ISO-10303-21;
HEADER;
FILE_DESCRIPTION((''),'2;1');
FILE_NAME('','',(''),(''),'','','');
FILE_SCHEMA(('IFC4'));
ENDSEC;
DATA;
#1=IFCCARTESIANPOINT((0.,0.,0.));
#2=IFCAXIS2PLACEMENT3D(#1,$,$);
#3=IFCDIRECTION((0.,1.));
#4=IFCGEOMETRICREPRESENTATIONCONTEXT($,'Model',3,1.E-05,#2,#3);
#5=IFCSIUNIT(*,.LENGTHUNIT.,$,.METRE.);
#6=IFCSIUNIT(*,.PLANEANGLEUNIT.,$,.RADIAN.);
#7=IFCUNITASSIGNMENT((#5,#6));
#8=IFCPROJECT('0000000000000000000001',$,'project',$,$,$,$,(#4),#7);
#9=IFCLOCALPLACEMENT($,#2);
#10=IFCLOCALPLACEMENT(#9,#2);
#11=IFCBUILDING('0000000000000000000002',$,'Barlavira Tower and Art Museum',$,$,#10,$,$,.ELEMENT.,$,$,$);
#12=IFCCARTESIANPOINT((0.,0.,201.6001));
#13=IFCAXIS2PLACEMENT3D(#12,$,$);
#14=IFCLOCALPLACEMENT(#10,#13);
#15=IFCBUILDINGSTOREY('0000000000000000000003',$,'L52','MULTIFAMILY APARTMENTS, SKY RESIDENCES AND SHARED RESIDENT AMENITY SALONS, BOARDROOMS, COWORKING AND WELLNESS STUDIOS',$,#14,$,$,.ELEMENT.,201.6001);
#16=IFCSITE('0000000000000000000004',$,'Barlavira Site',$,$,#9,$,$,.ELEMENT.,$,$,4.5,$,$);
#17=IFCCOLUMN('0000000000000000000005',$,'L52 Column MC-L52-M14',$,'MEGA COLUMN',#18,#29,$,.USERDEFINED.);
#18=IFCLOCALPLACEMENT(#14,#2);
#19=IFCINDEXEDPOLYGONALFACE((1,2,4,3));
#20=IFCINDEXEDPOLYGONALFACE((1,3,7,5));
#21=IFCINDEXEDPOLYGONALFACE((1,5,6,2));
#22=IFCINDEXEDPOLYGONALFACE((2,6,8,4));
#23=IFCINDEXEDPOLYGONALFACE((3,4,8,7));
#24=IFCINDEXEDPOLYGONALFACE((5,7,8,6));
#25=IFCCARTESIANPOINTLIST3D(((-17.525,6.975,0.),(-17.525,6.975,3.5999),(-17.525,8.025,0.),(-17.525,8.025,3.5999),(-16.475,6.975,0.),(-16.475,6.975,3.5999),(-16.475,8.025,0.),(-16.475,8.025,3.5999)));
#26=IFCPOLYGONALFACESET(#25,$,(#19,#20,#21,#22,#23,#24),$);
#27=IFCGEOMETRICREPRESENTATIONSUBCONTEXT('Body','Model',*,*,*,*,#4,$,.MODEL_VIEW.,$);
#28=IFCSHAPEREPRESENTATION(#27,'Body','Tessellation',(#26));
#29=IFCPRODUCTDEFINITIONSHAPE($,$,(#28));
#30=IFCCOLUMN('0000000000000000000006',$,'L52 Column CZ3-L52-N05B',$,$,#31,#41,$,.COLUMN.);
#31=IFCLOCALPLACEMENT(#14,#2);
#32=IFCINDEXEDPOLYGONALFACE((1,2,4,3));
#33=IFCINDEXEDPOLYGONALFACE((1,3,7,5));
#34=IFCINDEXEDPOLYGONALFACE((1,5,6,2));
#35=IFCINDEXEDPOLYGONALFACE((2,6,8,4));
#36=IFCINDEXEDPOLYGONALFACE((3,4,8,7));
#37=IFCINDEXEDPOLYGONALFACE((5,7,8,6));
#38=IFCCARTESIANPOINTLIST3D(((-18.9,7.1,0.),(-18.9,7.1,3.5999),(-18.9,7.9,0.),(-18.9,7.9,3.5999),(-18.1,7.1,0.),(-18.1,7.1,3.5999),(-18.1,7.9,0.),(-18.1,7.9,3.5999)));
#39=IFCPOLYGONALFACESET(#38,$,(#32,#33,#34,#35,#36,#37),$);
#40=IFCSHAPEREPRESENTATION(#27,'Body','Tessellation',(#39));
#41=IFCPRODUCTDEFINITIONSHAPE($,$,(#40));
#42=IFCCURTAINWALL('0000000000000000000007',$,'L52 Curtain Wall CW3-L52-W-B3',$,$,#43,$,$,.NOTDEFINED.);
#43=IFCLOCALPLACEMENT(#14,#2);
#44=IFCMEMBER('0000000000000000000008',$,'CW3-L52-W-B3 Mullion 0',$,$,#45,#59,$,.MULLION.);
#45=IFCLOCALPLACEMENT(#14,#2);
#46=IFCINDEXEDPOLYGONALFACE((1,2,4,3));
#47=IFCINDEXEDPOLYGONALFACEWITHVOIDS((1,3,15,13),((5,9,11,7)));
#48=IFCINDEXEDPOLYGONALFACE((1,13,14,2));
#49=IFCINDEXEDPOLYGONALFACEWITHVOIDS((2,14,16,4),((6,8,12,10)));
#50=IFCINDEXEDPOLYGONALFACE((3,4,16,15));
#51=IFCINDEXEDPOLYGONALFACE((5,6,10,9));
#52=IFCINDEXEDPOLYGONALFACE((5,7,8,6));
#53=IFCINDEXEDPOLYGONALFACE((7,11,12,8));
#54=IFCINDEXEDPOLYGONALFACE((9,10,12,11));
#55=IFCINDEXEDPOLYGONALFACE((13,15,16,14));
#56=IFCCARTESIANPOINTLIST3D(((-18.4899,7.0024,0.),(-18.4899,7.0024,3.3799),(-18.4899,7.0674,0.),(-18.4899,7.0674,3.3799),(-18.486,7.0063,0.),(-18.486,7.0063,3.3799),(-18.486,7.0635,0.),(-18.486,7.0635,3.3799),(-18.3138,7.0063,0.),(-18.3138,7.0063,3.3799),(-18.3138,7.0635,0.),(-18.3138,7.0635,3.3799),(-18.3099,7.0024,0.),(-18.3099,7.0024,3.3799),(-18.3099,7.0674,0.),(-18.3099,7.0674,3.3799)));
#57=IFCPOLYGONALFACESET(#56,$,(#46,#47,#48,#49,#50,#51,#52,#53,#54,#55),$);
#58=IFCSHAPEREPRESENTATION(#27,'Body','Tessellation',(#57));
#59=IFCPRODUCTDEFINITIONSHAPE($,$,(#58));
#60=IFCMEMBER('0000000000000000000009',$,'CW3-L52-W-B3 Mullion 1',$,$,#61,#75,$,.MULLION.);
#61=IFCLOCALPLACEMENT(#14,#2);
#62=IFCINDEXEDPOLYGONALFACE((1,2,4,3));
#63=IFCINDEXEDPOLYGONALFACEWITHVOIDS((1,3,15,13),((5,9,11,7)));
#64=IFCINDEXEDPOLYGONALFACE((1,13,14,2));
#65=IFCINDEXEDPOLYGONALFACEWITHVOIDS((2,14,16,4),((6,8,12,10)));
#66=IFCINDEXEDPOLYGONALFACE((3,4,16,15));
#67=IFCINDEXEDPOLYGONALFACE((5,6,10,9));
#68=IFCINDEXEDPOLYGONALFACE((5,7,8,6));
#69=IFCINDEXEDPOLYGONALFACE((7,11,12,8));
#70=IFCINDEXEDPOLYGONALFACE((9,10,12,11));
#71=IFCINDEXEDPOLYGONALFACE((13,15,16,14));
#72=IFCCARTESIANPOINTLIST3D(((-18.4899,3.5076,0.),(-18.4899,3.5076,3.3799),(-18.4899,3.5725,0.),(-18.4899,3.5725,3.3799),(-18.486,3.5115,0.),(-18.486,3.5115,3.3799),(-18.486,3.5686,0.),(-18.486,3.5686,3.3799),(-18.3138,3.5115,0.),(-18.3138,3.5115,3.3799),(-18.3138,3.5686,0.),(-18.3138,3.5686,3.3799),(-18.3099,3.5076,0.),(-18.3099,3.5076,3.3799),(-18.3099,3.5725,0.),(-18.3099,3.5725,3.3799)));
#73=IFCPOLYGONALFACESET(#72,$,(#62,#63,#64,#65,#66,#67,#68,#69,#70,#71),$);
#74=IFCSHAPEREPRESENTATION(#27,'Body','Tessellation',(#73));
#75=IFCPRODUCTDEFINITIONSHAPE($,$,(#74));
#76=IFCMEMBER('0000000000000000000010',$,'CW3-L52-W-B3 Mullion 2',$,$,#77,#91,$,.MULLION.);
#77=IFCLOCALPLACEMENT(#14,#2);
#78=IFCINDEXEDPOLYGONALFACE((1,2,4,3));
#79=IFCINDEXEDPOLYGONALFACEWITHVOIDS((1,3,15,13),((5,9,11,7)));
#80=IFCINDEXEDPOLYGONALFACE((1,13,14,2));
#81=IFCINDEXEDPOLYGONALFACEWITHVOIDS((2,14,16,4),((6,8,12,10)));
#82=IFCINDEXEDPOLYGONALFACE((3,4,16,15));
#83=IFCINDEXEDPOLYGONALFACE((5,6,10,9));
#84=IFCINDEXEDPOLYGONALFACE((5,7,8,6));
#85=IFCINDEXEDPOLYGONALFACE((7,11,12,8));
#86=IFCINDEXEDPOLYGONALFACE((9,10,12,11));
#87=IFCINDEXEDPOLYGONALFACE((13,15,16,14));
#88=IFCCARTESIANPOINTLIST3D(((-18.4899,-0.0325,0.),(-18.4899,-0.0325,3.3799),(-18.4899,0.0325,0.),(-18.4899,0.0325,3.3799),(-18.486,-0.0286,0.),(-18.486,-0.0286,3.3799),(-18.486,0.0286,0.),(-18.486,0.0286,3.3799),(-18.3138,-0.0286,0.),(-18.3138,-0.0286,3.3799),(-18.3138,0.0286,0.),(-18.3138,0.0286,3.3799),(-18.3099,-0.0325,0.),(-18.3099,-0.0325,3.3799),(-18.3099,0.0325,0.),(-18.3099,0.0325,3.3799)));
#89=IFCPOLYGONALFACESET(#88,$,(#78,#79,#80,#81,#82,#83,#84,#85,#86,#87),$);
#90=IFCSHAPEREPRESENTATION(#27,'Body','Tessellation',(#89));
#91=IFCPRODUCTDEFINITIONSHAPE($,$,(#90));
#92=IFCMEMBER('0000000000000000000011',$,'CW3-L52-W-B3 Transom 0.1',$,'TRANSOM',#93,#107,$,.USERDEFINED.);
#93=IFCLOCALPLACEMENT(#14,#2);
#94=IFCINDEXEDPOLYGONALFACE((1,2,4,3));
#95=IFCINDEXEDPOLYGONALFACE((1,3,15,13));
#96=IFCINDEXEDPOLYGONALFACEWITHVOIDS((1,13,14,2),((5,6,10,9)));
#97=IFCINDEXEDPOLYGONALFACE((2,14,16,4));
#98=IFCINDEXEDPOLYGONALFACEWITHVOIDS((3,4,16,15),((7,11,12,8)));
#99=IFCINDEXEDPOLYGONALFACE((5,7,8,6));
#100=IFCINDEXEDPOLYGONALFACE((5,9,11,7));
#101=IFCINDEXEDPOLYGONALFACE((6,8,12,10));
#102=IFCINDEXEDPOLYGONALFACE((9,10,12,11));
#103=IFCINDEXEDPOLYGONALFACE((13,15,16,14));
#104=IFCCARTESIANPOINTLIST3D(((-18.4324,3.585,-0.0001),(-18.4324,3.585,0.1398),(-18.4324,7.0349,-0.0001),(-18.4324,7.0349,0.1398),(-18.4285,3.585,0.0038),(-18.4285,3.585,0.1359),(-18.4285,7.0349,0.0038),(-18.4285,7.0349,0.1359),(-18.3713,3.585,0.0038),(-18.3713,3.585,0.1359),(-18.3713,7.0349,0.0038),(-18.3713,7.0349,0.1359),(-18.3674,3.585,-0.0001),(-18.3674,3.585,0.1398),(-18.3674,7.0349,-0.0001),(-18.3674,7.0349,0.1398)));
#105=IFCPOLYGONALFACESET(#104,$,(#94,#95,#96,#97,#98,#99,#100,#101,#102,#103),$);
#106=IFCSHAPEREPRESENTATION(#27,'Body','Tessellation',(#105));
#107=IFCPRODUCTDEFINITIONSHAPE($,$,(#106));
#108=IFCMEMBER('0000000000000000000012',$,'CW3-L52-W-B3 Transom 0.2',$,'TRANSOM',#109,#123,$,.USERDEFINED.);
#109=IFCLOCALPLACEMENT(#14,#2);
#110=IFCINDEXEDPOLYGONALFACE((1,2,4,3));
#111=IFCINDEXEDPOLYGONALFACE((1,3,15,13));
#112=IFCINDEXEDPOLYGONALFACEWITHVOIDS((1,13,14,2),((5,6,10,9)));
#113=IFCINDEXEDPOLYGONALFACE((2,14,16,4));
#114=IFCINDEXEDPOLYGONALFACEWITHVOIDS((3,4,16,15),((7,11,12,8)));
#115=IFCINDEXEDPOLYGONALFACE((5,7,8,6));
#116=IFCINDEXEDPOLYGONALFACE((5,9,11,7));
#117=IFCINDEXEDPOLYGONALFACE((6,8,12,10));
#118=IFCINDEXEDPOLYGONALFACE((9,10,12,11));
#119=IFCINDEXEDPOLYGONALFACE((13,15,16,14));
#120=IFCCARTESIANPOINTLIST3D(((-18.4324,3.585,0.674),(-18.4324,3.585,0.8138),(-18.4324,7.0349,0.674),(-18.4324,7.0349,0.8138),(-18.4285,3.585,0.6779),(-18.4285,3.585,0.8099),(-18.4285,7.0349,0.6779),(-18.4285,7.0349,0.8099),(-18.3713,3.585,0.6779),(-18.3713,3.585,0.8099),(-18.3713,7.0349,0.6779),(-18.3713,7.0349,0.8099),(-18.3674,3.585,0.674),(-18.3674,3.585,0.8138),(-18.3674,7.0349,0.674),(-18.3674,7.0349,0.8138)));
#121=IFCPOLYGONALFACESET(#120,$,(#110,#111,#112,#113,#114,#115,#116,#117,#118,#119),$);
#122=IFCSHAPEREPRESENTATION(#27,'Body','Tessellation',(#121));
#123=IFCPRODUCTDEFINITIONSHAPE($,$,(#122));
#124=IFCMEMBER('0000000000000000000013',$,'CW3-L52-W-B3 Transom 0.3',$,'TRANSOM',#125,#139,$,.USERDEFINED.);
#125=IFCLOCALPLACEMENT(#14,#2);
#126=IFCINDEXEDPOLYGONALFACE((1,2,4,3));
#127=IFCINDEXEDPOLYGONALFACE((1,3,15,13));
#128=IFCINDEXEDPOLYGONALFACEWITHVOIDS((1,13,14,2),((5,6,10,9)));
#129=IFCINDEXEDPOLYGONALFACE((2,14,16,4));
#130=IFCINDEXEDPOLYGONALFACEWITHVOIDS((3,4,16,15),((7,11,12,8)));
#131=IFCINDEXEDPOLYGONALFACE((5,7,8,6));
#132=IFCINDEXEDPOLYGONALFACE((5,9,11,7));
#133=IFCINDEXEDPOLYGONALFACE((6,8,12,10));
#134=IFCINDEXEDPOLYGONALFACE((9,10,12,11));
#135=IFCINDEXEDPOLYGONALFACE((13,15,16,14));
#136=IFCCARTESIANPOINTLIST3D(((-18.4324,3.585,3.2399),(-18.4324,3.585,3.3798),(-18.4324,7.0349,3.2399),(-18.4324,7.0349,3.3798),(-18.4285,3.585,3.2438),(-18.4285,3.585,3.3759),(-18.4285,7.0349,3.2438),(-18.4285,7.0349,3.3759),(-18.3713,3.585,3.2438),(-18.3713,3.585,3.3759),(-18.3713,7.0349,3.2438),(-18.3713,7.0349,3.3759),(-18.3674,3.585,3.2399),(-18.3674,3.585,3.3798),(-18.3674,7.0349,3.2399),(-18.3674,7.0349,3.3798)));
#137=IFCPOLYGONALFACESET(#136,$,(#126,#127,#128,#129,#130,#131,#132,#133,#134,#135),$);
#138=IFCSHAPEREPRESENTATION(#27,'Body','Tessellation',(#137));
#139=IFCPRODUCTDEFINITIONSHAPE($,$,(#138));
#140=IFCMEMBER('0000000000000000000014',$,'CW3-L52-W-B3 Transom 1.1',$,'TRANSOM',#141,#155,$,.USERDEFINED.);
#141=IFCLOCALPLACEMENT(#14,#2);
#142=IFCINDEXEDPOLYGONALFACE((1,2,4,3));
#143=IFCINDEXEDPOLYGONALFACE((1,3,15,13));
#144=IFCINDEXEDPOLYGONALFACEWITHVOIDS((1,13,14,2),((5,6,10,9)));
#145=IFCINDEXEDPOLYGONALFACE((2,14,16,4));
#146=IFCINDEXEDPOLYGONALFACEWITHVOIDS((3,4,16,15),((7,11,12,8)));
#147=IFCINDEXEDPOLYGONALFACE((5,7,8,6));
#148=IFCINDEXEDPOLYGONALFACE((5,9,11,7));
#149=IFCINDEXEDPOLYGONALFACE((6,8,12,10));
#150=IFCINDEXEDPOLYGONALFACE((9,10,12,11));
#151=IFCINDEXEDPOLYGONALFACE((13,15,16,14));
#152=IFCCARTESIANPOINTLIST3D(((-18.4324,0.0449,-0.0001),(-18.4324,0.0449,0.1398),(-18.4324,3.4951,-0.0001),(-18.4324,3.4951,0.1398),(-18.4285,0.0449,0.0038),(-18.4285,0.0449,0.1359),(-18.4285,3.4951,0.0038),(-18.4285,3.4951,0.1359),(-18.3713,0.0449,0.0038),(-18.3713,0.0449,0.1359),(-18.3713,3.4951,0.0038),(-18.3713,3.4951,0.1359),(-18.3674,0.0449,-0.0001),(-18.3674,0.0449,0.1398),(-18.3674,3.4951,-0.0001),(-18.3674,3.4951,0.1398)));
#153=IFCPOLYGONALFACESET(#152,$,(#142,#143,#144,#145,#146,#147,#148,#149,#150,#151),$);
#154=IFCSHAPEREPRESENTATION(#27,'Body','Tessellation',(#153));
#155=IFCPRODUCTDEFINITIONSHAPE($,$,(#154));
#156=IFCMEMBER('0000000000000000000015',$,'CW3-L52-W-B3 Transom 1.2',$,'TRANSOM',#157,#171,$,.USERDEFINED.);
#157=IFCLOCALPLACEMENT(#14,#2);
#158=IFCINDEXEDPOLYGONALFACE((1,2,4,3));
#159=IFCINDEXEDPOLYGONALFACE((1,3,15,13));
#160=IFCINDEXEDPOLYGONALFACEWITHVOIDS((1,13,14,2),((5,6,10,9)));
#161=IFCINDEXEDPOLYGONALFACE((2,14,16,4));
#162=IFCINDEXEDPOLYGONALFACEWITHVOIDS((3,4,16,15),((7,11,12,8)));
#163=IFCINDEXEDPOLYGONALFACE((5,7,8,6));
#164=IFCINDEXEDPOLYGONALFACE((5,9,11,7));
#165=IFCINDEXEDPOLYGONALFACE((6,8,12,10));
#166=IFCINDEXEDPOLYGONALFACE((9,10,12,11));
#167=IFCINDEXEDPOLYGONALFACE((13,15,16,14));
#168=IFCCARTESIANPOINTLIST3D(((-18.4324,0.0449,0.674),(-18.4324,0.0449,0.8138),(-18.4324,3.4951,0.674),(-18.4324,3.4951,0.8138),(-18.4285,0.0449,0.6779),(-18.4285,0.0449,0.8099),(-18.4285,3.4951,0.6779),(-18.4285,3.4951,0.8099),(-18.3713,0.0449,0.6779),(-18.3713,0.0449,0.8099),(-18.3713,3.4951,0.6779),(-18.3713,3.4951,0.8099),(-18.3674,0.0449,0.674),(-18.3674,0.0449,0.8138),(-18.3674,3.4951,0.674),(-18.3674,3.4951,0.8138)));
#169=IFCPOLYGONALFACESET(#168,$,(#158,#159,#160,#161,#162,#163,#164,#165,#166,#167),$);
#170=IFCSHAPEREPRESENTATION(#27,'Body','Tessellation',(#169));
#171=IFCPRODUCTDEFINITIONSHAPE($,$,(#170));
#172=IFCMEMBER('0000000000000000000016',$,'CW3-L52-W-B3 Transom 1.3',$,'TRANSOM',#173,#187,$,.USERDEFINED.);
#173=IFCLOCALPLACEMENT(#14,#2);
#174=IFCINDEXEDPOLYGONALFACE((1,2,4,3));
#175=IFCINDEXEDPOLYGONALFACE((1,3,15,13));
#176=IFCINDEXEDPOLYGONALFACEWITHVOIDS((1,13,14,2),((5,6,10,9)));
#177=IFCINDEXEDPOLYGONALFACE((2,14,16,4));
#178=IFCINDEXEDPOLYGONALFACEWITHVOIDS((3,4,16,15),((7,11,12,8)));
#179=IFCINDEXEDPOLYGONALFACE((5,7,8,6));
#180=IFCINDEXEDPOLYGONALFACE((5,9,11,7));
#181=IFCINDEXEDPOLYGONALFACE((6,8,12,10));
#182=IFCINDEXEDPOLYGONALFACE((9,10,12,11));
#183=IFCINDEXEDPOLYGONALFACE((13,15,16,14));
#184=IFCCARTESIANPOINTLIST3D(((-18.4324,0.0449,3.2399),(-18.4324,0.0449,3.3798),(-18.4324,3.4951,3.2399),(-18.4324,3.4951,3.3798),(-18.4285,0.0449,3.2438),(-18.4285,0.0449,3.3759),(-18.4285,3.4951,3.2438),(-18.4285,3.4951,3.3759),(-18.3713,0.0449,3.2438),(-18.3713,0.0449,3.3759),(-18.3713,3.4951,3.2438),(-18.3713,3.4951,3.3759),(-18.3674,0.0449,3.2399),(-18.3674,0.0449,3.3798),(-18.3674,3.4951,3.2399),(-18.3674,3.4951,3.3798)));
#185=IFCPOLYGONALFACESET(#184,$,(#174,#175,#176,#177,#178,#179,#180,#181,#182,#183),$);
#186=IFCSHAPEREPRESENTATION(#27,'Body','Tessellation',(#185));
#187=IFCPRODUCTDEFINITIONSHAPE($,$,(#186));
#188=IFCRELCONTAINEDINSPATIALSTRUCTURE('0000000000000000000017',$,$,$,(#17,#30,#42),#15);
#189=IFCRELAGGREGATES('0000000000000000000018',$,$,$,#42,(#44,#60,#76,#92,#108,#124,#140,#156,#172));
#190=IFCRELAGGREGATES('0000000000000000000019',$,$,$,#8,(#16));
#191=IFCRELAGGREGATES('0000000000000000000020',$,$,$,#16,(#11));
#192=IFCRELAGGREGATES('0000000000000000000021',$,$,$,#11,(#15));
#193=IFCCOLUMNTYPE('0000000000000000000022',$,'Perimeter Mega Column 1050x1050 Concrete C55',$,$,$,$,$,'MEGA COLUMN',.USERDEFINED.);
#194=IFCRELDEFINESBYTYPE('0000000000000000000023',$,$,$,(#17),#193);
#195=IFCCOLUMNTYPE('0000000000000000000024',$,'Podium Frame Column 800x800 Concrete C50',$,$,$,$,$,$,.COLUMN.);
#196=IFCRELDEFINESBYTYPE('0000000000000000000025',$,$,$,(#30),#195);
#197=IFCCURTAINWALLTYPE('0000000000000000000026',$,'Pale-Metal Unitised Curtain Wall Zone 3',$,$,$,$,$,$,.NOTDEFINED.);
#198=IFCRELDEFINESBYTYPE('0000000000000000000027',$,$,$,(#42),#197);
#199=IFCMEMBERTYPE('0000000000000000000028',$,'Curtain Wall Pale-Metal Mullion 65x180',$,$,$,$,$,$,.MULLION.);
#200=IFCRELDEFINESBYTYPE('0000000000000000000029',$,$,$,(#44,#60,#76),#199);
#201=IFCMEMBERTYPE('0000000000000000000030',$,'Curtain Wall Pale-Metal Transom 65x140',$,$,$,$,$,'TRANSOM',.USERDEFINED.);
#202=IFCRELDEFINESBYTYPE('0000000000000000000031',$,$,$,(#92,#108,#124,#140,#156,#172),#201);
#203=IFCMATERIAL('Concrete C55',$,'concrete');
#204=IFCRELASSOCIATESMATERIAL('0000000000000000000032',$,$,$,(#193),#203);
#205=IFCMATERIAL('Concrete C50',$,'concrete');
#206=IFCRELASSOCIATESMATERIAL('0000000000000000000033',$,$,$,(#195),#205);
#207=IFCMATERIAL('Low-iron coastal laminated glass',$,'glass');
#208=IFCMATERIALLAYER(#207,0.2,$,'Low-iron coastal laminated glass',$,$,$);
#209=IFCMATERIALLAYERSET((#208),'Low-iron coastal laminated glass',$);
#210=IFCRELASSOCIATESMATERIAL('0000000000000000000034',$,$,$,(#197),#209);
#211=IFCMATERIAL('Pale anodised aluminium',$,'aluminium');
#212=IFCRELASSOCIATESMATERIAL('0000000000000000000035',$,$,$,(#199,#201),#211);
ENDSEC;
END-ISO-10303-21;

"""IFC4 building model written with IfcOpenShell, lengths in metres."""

from ifc_helpers import new_model, si_unit, direction, frame, origin, origin_2d, place, context, subcontext, project, spatial, rectangle, hollow_rectangle, extrude, material, layer, layer_set, material_profile, profile_set, type_object, element, aggregate, save


model = new_model("IFC4")

# Units and contexts
model_context = context("Model", 3, precision=1e-05, world=origin(), true_north=direction((0.0, 1.0)))
body_context = subcontext(model_context, "Body", "Model", "MODEL_VIEW")
ifc_project = project(units=[si_unit("LENGTHUNIT", "METRE"), si_unit("PLANEANGLEUNIT", "RADIAN")], contexts=[model_context])

# Site, building, storey
site_placement = place(None, origin())
site = spatial("IfcSite", under=ifc_project, at=site_placement, Name="Barlavira Site", CompositionType="ELEMENT", RefElevation=4.5)
building_placement = place(site_placement, origin())
building = spatial("IfcBuilding", under=site, at=building_placement, Name="Barlavira Tower and Art Museum", CompositionType="ELEMENT")
storey_placement = place(building_placement, frame((0.0, 0.0, 201.6001)))
storey = spatial("IfcBuildingStorey", under=building, at=storey_placement, Name="L52", Description="MULTIFAMILY APARTMENTS, SKY RESIDENCES AND SHARED RESIDENT AMENITY SALONS, BOARDROOMS, COWORKING AND WELLNESS STUDIOS", CompositionType="ELEMENT", Elevation=201.6001)

# Columns
ifc_material_1 = material(Name="Concrete C55", Category="concrete")
ifc_material_profile_1 = material_profile(ifc_material_1, rectangle(XDim=1.05, YDim=1.05, at=origin_2d()), Name="RC-COL 1050x1050")
ifc_profile_set_1 = profile_set([ifc_material_profile_1], Name="Concrete C55")
column_type_1 = type_object("IfcColumnType", Name="Perimeter Mega Column 1050x1050 Concrete C55", ElementType="MEGA COLUMN", PredefinedType="USERDEFINED", material=ifc_profile_set_1)
column_1_placement = place(storey_placement, frame((-17.0, 7.5, 0.0), z_axis=(0.0, 0.0, 1.0), x_axis=(1.0, 0.0, 0.0)))
element("IfcColumn", 1, at=column_1_placement, inside=storey, type_object=column_type_1, Name="L52 Column MC-L52-M14", ObjectType="MEGA COLUMN", PredefinedType="USERDEFINED", context=body_context, shape_type="SweptSolid", body=[
    extrude(rectangle(XDim=1.05, YDim=1.05, at=origin_2d()), origin(), (0.0, 0.0, 1.0), 3.5999),
])
ifc_material_2 = material(Name="Concrete C50", Category="concrete")
ifc_material_profile_2 = material_profile(ifc_material_2, rectangle(XDim=0.8, YDim=0.8, at=origin_2d()), Name="RC-COL 800x800")
ifc_profile_set_2 = profile_set([ifc_material_profile_2], Name="Concrete C50")
column_type_2 = type_object("IfcColumnType", Name="Podium Frame Column 800x800 Concrete C50", PredefinedType="COLUMN", material=ifc_profile_set_2)
column_2_placement = place(storey_placement, frame((-18.5, 7.5, 0.0), z_axis=(0.0, 0.0, 1.0), x_axis=(1.0, 0.0, 0.0)))
element("IfcColumn", 2, at=column_2_placement, inside=storey, type_object=column_type_2, Name="L52 Column CZ3-L52-N05B", PredefinedType="COLUMN", context=body_context, shape_type="SweptSolid", body=[
    extrude(rectangle(XDim=0.8, YDim=0.8, at=origin_2d()), origin(), (0.0, 0.0, 1.0), 3.5999),
])

# Curtain wall, members
ifc_material_3 = material(Name="Low-iron coastal laminated glass", Category="glass")
ifc_layer_1 = layer(ifc_material_3, 0.2, Name="Low-iron coastal laminated glass")
ifc_layer_set_1 = layer_set([ifc_layer_1], Name="Low-iron coastal laminated glass")
curtain_wall_type = type_object("IfcCurtainWallType", Name="Pale-Metal Unitised Curtain Wall Zone 3", PredefinedType="NOTDEFINED", material=ifc_layer_set_1)
curtain_wall_placement = place(storey_placement, origin())
curtain_wall = element("IfcCurtainWall", 3, at=curtain_wall_placement, inside=storey, type_object=curtain_wall_type, Name="L52 Curtain Wall CW3-L52-W-B3", PredefinedType="NOTDEFINED")
ifc_material_4 = material(Name="Pale anodised aluminium", Category="aluminium")
ifc_material_profile_3 = material_profile(ifc_material_4, hollow_rectangle(XDim=0.0649, YDim=0.1799, WallThickness=0.0039, at=origin_2d()), Name="ALU-MULL 65x180x4")
ifc_profile_set_3 = profile_set([ifc_material_profile_3], Name="Pale anodised aluminium")
member_type_1 = type_object("IfcMemberType", Name="Curtain Wall Pale-Metal Mullion 65x180", PredefinedType="MULLION", material=ifc_profile_set_3)
member_1_placement = place(storey_placement, frame((-18.3999, 7.0349, 0.0), z_axis=(0.0, 0.0, 1.0), x_axis=(0.0, -1.0, 0.0)))
member_1 = element("IfcMember", 4, at=member_1_placement, type_object=member_type_1, Name="CW3-L52-W-B3 Mullion 0", PredefinedType="MULLION", context=body_context, shape_type="SweptSolid", body=[
    extrude(hollow_rectangle(XDim=0.0649, YDim=0.1799, WallThickness=0.0039, at=origin_2d()), origin(), (0.0, 0.0, 1.0), 3.3799),
])
member_2_placement = place(storey_placement, frame((-18.3999, 3.54, 0.0), z_axis=(0.0, 0.0, 1.0), x_axis=(0.0, -1.0, 0.0)))
member_2 = element("IfcMember", 5, at=member_2_placement, type_object=member_type_1, Name="CW3-L52-W-B3 Mullion 1", PredefinedType="MULLION", context=body_context, shape_type="SweptSolid", body=[
    extrude(hollow_rectangle(XDim=0.0649, YDim=0.1799, WallThickness=0.0039, at=origin_2d()), origin(), (0.0, 0.0, 1.0), 3.3799),
])
member_3_placement = place(storey_placement, frame((-18.3999, 0.0, 0.0), z_axis=(0.0, 0.0, 1.0), x_axis=(0.0, -1.0, 0.0)))
member_3 = element("IfcMember", 6, at=member_3_placement, type_object=member_type_1, Name="CW3-L52-W-B3 Mullion 2", PredefinedType="MULLION", context=body_context, shape_type="SweptSolid", body=[
    extrude(hollow_rectangle(XDim=0.0649, YDim=0.1799, WallThickness=0.0039, at=origin_2d()), origin(), (0.0, 0.0, 1.0), 3.3799),
])
ifc_material_profile_4 = material_profile(ifc_material_4, hollow_rectangle(XDim=0.0649, YDim=0.1399, WallThickness=0.0039, at=origin_2d()), Name="ALU-TRAN 65x140x4")
ifc_profile_set_4 = profile_set([ifc_material_profile_4], Name="Pale anodised aluminium")
member_type_2 = type_object("IfcMemberType", Name="Curtain Wall Pale-Metal Transom 65x140", ElementType="TRANSOM", PredefinedType="USERDEFINED", material=ifc_profile_set_4)
member_4_placement = place(storey_placement, frame((-18.3999, 7.0349, 0.0698), z_axis=(0.0, -1.0, 0.0), x_axis=(1.0, 0.0, 0.0)))
member_4 = element("IfcMember", 7, at=member_4_placement, type_object=member_type_2, Name="CW3-L52-W-B3 Transom 0.1", ObjectType="TRANSOM", PredefinedType="USERDEFINED", context=body_context, shape_type="SweptSolid", body=[
    extrude(hollow_rectangle(XDim=0.0649, YDim=0.1399, WallThickness=0.0039, at=origin_2d()), origin(), (0.0, 0.0, 1.0), 3.45),
])
member_5_placement = place(storey_placement, frame((-18.3999, 7.0349, 0.7439), z_axis=(0.0, -1.0, 0.0), x_axis=(1.0, 0.0, 0.0)))
member_5 = element("IfcMember", 8, at=member_5_placement, type_object=member_type_2, Name="CW3-L52-W-B3 Transom 0.2", ObjectType="TRANSOM", PredefinedType="USERDEFINED", context=body_context, shape_type="SweptSolid", body=[
    extrude(hollow_rectangle(XDim=0.0649, YDim=0.1399, WallThickness=0.0039, at=origin_2d()), origin(), (0.0, 0.0, 1.0), 3.45),
])
member_6_placement = place(storey_placement, frame((-18.3999, 7.0349, 3.3098), z_axis=(0.0, -1.0, 0.0), x_axis=(1.0, 0.0, 0.0)))
member_6 = element("IfcMember", 9, at=member_6_placement, type_object=member_type_2, Name="CW3-L52-W-B3 Transom 0.3", ObjectType="TRANSOM", PredefinedType="USERDEFINED", context=body_context, shape_type="SweptSolid", body=[
    extrude(hollow_rectangle(XDim=0.0649, YDim=0.1399, WallThickness=0.0039, at=origin_2d()), origin(), (0.0, 0.0, 1.0), 3.45),
])
member_7_placement = place(storey_placement, frame((-18.3999, 3.4951, 0.0698), z_axis=(0.0, -1.0, 0.0), x_axis=(1.0, 0.0, 0.0)))
member_7 = element("IfcMember", 10, at=member_7_placement, type_object=member_type_2, Name="CW3-L52-W-B3 Transom 1.1", ObjectType="TRANSOM", PredefinedType="USERDEFINED", context=body_context, shape_type="SweptSolid", body=[
    extrude(hollow_rectangle(XDim=0.0649, YDim=0.1399, WallThickness=0.0039, at=origin_2d()), origin(), (0.0, 0.0, 1.0), 3.4502),
])
member_8_placement = place(storey_placement, frame((-18.3999, 3.4951, 0.7439), z_axis=(0.0, -1.0, 0.0), x_axis=(1.0, 0.0, 0.0)))
member_8 = element("IfcMember", 11, at=member_8_placement, type_object=member_type_2, Name="CW3-L52-W-B3 Transom 1.2", ObjectType="TRANSOM", PredefinedType="USERDEFINED", context=body_context, shape_type="SweptSolid", body=[
    extrude(hollow_rectangle(XDim=0.0649, YDim=0.1399, WallThickness=0.0039, at=origin_2d()), origin(), (0.0, 0.0, 1.0), 3.4502),
])
member_9_placement = place(storey_placement, frame((-18.3999, 3.4951, 3.3098), z_axis=(0.0, -1.0, 0.0), x_axis=(1.0, 0.0, 0.0)))
member_9 = element("IfcMember", 12, at=member_9_placement, type_object=member_type_2, Name="CW3-L52-W-B3 Transom 1.3", ObjectType="TRANSOM", PredefinedType="USERDEFINED", context=body_context, shape_type="SweptSolid", body=[
    extrude(hollow_rectangle(XDim=0.0649, YDim=0.1399, WallThickness=0.0039, at=origin_2d()), origin(), (0.0, 0.0, 1.0), 3.4502),
])

aggregate(curtain_wall, [member_1, member_2, member_3, member_4, member_5, member_6, member_7, member_8, member_9])

save(model, "model.ifc")
